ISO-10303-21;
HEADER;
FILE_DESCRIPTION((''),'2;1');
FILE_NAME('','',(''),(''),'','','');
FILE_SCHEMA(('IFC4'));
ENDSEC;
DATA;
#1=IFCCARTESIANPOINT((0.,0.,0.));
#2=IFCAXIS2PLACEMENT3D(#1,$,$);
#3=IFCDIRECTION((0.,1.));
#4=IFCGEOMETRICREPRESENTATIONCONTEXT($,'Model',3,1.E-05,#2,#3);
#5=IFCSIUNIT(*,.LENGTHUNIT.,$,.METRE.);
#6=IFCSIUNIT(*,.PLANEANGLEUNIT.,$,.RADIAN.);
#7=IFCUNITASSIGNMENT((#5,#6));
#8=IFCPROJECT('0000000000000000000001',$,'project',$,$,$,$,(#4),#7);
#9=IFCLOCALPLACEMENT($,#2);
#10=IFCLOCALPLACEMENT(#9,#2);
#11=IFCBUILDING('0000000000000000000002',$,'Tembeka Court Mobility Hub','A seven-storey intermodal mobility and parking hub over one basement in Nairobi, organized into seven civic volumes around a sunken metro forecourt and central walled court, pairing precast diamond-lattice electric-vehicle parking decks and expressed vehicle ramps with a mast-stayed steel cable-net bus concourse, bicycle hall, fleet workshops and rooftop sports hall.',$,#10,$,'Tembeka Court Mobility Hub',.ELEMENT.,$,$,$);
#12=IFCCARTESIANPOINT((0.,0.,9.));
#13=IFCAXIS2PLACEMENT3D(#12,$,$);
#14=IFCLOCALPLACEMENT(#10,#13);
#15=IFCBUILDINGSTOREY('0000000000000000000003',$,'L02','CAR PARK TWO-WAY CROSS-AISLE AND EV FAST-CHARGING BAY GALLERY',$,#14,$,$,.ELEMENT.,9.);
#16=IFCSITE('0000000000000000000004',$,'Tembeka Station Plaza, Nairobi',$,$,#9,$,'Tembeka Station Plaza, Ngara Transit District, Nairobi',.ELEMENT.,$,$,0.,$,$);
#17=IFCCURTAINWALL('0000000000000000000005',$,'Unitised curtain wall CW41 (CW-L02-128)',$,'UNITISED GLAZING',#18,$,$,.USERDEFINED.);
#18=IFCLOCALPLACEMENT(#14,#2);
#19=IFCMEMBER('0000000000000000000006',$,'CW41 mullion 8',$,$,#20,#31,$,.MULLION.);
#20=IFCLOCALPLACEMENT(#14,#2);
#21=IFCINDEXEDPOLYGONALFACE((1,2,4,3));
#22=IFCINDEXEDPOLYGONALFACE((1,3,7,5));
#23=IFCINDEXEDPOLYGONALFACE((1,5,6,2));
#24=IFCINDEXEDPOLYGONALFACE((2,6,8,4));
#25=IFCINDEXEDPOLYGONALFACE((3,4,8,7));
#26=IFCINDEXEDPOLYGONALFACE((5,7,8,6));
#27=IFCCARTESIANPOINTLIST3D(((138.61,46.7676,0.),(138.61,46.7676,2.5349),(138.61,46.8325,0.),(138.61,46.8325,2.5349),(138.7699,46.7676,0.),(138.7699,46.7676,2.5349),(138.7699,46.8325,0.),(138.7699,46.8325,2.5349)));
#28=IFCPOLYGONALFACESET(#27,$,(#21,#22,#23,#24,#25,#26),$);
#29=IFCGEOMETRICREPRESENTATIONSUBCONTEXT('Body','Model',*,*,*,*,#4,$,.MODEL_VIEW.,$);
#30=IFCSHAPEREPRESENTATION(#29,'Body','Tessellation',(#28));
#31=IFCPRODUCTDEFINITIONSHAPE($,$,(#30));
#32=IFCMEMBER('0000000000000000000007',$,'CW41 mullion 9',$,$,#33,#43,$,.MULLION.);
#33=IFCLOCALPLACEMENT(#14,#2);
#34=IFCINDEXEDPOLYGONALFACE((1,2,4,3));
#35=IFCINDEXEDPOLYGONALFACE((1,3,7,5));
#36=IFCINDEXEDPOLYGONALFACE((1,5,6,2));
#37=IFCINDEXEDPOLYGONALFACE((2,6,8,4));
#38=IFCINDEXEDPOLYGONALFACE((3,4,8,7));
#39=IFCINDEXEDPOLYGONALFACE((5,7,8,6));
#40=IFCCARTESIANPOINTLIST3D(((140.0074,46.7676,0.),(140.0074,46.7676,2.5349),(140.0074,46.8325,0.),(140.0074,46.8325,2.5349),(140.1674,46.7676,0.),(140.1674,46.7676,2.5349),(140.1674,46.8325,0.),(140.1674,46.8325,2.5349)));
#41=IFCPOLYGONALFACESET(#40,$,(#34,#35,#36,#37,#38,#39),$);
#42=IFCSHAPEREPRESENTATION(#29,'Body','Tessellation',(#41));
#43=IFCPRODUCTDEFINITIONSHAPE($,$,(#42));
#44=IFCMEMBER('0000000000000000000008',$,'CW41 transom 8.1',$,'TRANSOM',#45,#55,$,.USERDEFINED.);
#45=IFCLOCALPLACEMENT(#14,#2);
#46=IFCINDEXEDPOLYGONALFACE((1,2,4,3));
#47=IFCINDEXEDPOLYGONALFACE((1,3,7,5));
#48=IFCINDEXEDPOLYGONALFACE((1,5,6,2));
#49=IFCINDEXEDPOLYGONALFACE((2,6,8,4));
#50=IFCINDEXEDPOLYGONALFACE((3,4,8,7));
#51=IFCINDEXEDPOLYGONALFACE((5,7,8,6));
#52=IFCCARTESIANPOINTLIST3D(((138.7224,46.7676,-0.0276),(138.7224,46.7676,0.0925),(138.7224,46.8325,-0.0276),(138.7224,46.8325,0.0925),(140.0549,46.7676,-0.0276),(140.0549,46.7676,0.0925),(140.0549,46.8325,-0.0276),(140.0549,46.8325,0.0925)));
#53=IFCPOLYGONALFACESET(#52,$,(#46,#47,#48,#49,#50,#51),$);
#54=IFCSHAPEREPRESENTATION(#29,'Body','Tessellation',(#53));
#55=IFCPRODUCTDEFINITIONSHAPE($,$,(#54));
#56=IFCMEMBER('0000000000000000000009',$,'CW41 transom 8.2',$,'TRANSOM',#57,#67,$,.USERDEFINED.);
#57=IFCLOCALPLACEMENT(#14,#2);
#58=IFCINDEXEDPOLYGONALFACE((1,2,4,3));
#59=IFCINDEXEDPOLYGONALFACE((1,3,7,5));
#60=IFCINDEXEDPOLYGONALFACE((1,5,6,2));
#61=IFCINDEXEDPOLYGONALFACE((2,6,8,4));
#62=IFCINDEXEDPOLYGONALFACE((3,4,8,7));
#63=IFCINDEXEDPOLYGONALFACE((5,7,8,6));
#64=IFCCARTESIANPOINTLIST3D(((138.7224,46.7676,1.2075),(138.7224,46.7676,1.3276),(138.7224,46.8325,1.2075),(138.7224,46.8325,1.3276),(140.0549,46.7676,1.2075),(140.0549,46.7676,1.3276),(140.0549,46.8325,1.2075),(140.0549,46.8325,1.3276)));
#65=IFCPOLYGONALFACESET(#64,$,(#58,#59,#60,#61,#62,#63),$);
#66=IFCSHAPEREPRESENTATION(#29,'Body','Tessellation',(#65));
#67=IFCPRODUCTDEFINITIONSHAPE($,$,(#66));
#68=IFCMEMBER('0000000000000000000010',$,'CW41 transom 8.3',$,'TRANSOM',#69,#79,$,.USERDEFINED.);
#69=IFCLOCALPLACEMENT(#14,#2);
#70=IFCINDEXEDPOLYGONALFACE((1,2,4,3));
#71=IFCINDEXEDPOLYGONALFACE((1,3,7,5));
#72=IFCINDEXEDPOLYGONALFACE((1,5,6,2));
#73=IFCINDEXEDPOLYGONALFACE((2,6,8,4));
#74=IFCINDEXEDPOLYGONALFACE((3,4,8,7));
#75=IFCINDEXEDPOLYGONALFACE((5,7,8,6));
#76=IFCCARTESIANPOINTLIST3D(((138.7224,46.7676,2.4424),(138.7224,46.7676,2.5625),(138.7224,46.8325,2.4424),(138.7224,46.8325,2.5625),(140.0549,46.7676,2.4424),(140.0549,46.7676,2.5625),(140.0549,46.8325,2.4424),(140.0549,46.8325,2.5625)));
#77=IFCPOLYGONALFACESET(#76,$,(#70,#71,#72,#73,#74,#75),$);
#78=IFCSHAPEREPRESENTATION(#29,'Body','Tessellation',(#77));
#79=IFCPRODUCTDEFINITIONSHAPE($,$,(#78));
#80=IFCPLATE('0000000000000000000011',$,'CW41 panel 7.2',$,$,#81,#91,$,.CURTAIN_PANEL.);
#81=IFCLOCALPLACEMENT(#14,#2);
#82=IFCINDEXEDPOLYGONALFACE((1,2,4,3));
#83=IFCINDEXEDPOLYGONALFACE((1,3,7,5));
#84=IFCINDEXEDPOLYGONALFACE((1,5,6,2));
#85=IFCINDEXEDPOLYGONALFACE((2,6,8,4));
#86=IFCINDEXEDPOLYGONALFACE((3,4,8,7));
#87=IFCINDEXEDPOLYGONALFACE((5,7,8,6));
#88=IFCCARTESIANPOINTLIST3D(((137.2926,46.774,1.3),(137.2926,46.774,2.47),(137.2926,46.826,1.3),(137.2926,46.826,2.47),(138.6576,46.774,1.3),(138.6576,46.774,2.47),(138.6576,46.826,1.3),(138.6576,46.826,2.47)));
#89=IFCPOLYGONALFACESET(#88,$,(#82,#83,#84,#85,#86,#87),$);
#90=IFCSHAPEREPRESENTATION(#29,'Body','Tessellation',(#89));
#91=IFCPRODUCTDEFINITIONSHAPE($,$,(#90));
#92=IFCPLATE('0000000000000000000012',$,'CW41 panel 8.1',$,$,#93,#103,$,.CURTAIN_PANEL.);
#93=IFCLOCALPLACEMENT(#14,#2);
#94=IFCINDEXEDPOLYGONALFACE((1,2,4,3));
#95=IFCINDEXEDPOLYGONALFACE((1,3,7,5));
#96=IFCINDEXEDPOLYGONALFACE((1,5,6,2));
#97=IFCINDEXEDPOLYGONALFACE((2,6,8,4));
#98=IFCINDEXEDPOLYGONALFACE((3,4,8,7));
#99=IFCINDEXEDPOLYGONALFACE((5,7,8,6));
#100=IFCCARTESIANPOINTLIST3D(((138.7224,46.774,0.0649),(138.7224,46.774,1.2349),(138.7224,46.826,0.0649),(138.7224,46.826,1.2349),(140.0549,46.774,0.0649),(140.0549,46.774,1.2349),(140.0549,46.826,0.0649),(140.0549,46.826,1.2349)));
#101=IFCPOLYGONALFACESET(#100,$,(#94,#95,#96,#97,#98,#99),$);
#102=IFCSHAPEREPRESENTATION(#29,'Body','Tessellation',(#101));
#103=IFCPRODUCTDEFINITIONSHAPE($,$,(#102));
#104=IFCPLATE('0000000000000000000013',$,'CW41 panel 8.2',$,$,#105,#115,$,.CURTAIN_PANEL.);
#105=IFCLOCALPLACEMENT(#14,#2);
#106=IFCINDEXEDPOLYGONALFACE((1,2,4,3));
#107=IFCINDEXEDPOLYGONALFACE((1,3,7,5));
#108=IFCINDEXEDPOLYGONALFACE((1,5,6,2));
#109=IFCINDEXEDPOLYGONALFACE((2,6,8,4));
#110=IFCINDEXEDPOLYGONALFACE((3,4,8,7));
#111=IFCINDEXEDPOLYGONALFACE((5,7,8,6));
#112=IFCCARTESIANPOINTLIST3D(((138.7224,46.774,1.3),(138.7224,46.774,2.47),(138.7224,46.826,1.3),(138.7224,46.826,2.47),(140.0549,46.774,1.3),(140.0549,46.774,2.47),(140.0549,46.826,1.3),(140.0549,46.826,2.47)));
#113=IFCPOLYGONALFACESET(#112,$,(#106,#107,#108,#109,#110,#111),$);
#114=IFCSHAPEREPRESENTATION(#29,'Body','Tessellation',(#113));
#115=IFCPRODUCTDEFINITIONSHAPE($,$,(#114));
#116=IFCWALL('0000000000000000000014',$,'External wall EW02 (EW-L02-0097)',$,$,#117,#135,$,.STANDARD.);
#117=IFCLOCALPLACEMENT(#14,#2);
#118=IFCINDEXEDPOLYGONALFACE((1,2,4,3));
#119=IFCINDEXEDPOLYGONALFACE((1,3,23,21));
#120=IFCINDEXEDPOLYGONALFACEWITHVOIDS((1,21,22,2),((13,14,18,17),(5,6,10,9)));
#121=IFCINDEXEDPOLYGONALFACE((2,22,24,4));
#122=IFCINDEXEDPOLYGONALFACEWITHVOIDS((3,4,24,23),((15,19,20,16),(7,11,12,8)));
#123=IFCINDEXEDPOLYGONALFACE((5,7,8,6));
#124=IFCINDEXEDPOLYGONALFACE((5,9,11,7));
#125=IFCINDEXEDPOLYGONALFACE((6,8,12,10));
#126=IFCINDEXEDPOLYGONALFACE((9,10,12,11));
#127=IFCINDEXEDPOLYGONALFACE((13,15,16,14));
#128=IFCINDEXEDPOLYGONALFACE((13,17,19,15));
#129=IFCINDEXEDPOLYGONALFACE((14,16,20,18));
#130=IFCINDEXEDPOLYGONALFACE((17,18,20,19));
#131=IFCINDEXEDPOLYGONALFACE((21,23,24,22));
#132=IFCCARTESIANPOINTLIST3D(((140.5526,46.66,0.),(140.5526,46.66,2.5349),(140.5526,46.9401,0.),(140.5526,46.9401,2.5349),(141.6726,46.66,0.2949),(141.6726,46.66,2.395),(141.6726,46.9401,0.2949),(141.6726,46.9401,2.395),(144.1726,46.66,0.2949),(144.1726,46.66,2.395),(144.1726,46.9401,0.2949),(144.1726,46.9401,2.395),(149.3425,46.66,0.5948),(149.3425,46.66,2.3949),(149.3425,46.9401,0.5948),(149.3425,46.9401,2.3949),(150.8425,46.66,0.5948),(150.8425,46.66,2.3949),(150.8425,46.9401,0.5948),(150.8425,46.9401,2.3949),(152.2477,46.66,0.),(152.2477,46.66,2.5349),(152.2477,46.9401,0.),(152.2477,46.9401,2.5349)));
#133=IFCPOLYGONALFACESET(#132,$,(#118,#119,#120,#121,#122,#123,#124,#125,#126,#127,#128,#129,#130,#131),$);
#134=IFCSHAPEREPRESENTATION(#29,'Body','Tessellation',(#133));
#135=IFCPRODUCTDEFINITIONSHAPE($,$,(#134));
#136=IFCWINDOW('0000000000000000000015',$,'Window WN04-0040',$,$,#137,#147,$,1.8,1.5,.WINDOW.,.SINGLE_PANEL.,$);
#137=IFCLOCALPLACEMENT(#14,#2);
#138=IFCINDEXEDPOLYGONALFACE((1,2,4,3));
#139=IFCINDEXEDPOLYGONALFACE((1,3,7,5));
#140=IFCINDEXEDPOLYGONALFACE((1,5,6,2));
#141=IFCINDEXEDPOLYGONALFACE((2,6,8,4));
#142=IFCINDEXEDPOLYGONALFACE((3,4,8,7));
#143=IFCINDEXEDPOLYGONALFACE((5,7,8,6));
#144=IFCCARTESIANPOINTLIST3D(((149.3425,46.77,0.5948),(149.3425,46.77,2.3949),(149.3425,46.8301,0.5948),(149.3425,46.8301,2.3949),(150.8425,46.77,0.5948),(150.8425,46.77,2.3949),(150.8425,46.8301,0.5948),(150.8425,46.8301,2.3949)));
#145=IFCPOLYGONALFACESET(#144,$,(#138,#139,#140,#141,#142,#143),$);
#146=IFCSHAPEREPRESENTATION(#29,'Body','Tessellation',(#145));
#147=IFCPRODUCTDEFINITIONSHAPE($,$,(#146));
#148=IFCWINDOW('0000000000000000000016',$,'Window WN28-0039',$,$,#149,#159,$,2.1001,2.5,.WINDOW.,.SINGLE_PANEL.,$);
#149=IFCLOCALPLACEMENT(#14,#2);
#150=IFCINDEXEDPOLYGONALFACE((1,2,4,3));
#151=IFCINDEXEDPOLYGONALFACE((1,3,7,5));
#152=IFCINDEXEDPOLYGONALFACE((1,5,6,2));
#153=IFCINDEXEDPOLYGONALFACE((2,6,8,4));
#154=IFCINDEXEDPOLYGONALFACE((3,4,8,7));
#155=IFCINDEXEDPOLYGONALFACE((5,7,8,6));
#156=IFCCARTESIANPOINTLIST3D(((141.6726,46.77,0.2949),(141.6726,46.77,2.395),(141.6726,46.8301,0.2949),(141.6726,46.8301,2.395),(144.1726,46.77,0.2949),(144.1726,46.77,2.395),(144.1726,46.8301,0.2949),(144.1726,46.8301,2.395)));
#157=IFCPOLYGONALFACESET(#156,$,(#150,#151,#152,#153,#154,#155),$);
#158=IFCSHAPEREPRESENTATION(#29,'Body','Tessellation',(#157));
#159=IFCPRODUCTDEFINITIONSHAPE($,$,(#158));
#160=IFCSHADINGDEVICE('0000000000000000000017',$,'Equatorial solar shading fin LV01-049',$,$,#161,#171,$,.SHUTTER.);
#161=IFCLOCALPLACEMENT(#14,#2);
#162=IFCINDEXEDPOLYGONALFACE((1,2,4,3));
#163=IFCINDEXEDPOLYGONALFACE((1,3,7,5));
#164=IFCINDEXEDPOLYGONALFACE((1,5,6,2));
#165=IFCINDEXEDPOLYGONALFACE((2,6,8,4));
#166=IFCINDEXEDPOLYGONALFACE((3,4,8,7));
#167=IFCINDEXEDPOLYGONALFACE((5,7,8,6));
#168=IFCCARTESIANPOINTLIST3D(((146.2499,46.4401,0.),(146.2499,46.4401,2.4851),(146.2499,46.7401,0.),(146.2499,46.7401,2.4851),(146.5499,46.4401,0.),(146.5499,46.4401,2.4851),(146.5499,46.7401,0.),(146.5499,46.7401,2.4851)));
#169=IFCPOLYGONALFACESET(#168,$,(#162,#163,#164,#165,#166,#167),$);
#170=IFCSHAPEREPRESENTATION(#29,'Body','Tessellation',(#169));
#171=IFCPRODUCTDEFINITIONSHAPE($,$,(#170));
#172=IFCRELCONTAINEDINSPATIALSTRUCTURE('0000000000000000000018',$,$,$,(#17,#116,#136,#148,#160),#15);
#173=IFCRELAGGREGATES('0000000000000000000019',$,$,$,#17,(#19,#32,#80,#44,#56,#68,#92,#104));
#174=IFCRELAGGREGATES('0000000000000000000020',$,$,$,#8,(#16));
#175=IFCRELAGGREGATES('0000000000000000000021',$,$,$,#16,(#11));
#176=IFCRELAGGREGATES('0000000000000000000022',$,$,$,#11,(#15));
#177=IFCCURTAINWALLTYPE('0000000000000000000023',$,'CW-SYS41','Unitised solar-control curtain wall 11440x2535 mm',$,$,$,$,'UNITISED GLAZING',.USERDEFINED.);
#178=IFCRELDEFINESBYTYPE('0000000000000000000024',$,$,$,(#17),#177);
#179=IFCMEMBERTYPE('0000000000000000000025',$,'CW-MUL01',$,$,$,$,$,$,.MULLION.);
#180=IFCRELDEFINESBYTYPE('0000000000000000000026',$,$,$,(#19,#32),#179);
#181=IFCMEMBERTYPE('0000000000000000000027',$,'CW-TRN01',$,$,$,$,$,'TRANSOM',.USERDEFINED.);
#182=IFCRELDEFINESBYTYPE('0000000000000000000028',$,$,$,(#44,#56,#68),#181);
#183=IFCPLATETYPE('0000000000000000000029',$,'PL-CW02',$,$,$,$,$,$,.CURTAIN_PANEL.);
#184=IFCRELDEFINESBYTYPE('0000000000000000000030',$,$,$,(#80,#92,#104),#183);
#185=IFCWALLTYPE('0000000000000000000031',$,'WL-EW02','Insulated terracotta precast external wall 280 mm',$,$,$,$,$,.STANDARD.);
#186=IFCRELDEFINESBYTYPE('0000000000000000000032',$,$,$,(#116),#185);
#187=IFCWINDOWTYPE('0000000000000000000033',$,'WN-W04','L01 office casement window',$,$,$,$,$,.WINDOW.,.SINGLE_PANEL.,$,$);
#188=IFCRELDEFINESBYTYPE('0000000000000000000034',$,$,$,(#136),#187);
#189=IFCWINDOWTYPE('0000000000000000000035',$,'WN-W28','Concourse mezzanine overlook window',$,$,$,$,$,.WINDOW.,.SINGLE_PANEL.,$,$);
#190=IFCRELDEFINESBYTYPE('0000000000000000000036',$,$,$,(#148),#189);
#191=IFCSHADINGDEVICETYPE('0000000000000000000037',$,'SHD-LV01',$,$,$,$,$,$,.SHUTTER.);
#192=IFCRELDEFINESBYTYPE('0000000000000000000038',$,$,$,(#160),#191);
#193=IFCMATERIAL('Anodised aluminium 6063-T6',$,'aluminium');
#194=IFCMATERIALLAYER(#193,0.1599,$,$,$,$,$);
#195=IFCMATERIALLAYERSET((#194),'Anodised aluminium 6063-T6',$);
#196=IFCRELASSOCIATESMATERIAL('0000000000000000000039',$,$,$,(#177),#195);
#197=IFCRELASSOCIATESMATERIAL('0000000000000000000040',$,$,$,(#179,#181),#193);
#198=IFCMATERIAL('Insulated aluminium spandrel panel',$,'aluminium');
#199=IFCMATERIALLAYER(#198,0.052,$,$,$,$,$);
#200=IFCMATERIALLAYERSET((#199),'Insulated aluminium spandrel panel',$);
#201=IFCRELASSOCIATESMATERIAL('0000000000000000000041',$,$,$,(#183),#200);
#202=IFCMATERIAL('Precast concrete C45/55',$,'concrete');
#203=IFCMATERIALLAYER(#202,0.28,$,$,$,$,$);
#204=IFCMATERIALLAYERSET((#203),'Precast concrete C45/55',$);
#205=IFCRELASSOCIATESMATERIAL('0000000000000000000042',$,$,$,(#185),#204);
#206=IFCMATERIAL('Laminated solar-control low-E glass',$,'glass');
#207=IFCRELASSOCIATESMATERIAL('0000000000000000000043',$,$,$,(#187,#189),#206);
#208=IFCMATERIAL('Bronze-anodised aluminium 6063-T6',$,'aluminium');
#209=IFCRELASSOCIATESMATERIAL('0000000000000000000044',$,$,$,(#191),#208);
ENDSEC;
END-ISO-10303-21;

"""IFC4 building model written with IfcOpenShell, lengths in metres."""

from ifc_helpers import new_model, si_unit, direction, frame, frame_2d, origin, origin_2d, place, context, subcontext, project, spatial, rectangle, extrude, material, layer, layer_set, material_profile, profile_set, type_object, element, fill, aggregate, save


model = new_model("IFC4")

# Units and contexts
model_context = context("Model", 3, precision=1e-05, world=origin(), true_north=direction((0.0, 1.0)))
body_context = subcontext(model_context, "Body", "Model", "MODEL_VIEW")
ifc_project = project(units=[si_unit("LENGTHUNIT", "METRE"), si_unit("PLANEANGLEUNIT", "RADIAN")], contexts=[model_context])

# Site, building, storey
site_placement = place(None, origin())
site = spatial("IfcSite", under=ifc_project, at=site_placement, Name="Tembeka Station Plaza, Nairobi", LongName="Tembeka Station Plaza, Ngara Transit District, Nairobi", CompositionType="ELEMENT", RefElevation=0.0)
building_placement = place(site_placement, origin())
building = spatial("IfcBuilding", under=site, at=building_placement, Name="Tembeka Court Mobility Hub", Description="A seven-storey intermodal mobility and parking hub over one basement in Nairobi, organized into seven civic volumes around a sunken metro forecourt and central walled court, pairing precast diamond-lattice electric-vehicle parking decks and expressed vehicle ramps with a mast-stayed steel cable-net bus concourse, bicycle hall, fleet workshops and rooftop sports hall.", LongName="Tembeka Court Mobility Hub", CompositionType="ELEMENT")
storey_placement = place(building_placement, frame((0.0, 0.0, 9.0)))
storey = spatial("IfcBuildingStorey", under=building, at=storey_placement, Name="L02", Description="CAR PARK TWO-WAY CROSS-AISLE AND EV FAST-CHARGING BAY GALLERY", CompositionType="ELEMENT", Elevation=9.0)

# Curtain wall, members, plates
ifc_material_1 = material(Name="Anodised aluminium 6063-T6", Category="aluminium")
ifc_layer_1 = layer(ifc_material_1, 0.1599)
ifc_layer_set_1 = layer_set([ifc_layer_1], Name="Anodised aluminium 6063-T6")
curtain_wall_type = type_object("IfcCurtainWallType", Name="CW-SYS41", Description="Unitised solar-control curtain wall 11440x2535 mm", ElementType="UNITISED GLAZING", PredefinedType="USERDEFINED", material=ifc_layer_set_1)
curtain_wall_placement = place(storey_placement, origin())
curtain_wall = element("IfcCurtainWall", 1, at=curtain_wall_placement, inside=storey, type_object=curtain_wall_type, Name="Unitised curtain wall CW41 (CW-L02-128)", ObjectType="UNITISED GLAZING", PredefinedType="USERDEFINED")
ifc_material_profile_1 = material_profile(ifc_material_1, rectangle(XDim=0.0649, YDim=0.1599, at=origin_2d()), Name="ALU-MUL 65x160")
ifc_profile_set_1 = profile_set([ifc_material_profile_1], Name="Anodised aluminium 6063-T6")
member_type_1 = type_object("IfcMemberType", Name="CW-MUL01", PredefinedType="MULLION", material=ifc_profile_set_1)
member_1_placement = place(storey_placement, frame((138.6899, 46.8, 0.0), z_axis=(0.0, 0.0, 1.0), x_axis=(0.0, 1.0, 0.0)))
member_1 = element("IfcMember", 2, at=member_1_placement, type_object=member_type_1, Name="CW41 mullion 8", PredefinedType="MULLION", context=body_context, shape_type="SweptSolid", body=[
    extrude(rectangle(XDim=0.0649, YDim=0.1599, at=origin_2d()), origin(), (0.0, 0.0, 1.0), 2.5349),
])
member_2_placement = place(storey_placement, frame((140.0874, 46.8, 0.0), z_axis=(0.0, 0.0, 1.0), x_axis=(0.0, 1.0, 0.0)))
member_2 = element("IfcMember", 3, at=member_2_placement, type_object=member_type_1, Name="CW41 mullion 9", PredefinedType="MULLION", context=body_context, shape_type="SweptSolid", body=[
    extrude(rectangle(XDim=0.0649, YDim=0.1599, at=origin_2d()), origin(), (0.0, 0.0, 1.0), 2.5349),
])
ifc_material_profile_2 = material_profile(ifc_material_1, rectangle(XDim=0.0649, YDim=0.1201, at=origin_2d()), Name="ALU-TRN 65x120")
ifc_profile_set_2 = profile_set([ifc_material_profile_2], Name="Anodised aluminium 6063-T6")
member_type_2 = type_object("IfcMemberType", Name="CW-TRN01", ElementType="TRANSOM", PredefinedType="USERDEFINED", material=ifc_profile_set_2)
member_3_placement = place(storey_placement, frame((138.7224, 46.8, 0.0325), z_axis=(1.0, 0.0, 0.0), x_axis=(0.0, 1.0, 0.0)))
member_3 = element("IfcMember", 4, at=member_3_placement, type_object=member_type_2, Name="CW41 transom 8.1", ObjectType="TRANSOM", PredefinedType="USERDEFINED", context=body_context, shape_type="SweptSolid", body=[
    extrude(rectangle(XDim=0.0649, YDim=0.1201, at=origin_2d()), origin(), (0.0, 0.0, 1.0), 1.3325),
])
member_4_placement = place(storey_placement, frame((138.7224, 46.8, 1.2676), z_axis=(1.0, 0.0, 0.0), x_axis=(0.0, 1.0, 0.0)))
member_4 = element("IfcMember", 5, at=member_4_placement, type_object=member_type_2, Name="CW41 transom 8.2", ObjectType="TRANSOM", PredefinedType="USERDEFINED", context=body_context, shape_type="SweptSolid", body=[
    extrude(rectangle(XDim=0.0649, YDim=0.1201, at=origin_2d()), origin(), (0.0, 0.0, 1.0), 1.3325),
])
member_5_placement = place(storey_placement, frame((138.7224, 46.8, 2.5024), z_axis=(1.0, 0.0, 0.0), x_axis=(0.0, 1.0, 0.0)))
member_5 = element("IfcMember", 6, at=member_5_placement, type_object=member_type_2, Name="CW41 transom 8.3", ObjectType="TRANSOM", PredefinedType="USERDEFINED", context=body_context, shape_type="SweptSolid", body=[
    extrude(rectangle(XDim=0.0649, YDim=0.1201, at=origin_2d()), origin(), (0.0, 0.0, 1.0), 1.3325),
])
ifc_material_2 = material(Name="Insulated aluminium spandrel panel", Category="aluminium")
ifc_layer_2 = layer(ifc_material_2, 0.052)
ifc_layer_set_2 = layer_set([ifc_layer_2], Name="Insulated aluminium spandrel panel")
plate_type = type_object("IfcPlateType", Name="PL-CW02", PredefinedType="CURTAIN_PANEL", material=ifc_layer_set_2)
plate_1_placement = place(storey_placement, frame((137.9751, 46.8, 1.3), z_axis=(0.0, 0.0, 1.0), x_axis=(1.0, 0.0, 0.0)))
plate_1 = element("IfcPlate", 7, at=plate_1_placement, type_object=plate_type, Name="CW41 panel 7.2", PredefinedType="CURTAIN_PANEL", context=body_context, shape_type="SweptSolid", body=[
    extrude(rectangle(XDim=1.365, YDim=0.052, at=origin_2d()), origin(), (0.0, 0.0, 1.0), 1.1699),
])
plate_2_placement = place(storey_placement, frame((139.3887, 46.8, 0.0649), z_axis=(0.0, 0.0, 1.0), x_axis=(1.0, 0.0, 0.0)))
plate_2 = element("IfcPlate", 8, at=plate_2_placement, type_object=plate_type, Name="CW41 panel 8.1", PredefinedType="CURTAIN_PANEL", context=body_context, shape_type="SweptSolid", body=[
    extrude(rectangle(XDim=1.3325, YDim=0.052, at=origin_2d()), origin(), (0.0, 0.0, 1.0), 1.1699),
])
plate_3_placement = place(storey_placement, frame((139.3887, 46.8, 1.3), z_axis=(0.0, 0.0, 1.0), x_axis=(1.0, 0.0, 0.0)))
plate_3 = element("IfcPlate", 9, at=plate_3_placement, type_object=plate_type, Name="CW41 panel 8.2", PredefinedType="CURTAIN_PANEL", context=body_context, shape_type="SweptSolid", body=[
    extrude(rectangle(XDim=1.3325, YDim=0.052, at=origin_2d()), origin(), (0.0, 0.0, 1.0), 1.1699),
])
aggregate(curtain_wall, [member_1, member_2, plate_1, member_3, member_4, member_5, plate_2, plate_3])

# Wall, openings, windows
ifc_material_3 = material(Name="Precast concrete C45/55", Category="concrete")
ifc_layer_3 = layer(ifc_material_3, 0.28)
ifc_layer_set_3 = layer_set([ifc_layer_3], Name="Precast concrete C45/55")
wall_type = type_object("IfcWallType", Name="WL-EW02", Description="Insulated terracotta precast external wall 280 mm", PredefinedType="STANDARD", material=ifc_layer_set_3)
wall_placement = place(storey_placement, frame((140.5525, 46.8, 0.0), z_axis=(0.0, 0.0, 1.0), x_axis=(1.0, 0.0, 0.0)))
wall = element("IfcWall", 10, at=wall_placement, inside=storey, type_object=wall_type, Name="External wall EW02 (EW-L02-0097)", PredefinedType="STANDARD", context=body_context, shape_type="SweptSolid", body=[
    extrude(rectangle(XDim=11.6951, YDim=0.28, at=frame_2d((5.8477, 0.0))), origin(), (0.0, 0.0, 1.0), 2.5349),
])
opening_1_placement = place(wall_placement, frame((1.1201, 0.0, 0.2949)))
opening_1 = element("IfcOpeningElement", 11, at=opening_1_placement, cuts=wall, PredefinedType="OPENING", context=body_context, shape_type="SweptSolid", body=[
    extrude(rectangle(XDim=2.5, YDim=2.1001, at=frame_2d((1.25, 1.05))), frame((0.0, 0.1499, 0.0), z_axis=(0.0, -1.0, 0.0), x_axis=(1.0, 0.0, 0.0)), (0.0, 0.0, 1.0), 0.3),
])
opening_2_placement = place(wall_placement, frame((8.79, 0.0, 0.595)))
opening_2 = element("IfcOpeningElement", 12, at=opening_2_placement, cuts=wall, PredefinedType="OPENING", context=body_context, shape_type="SweptSolid", body=[
    extrude(rectangle(XDim=1.5, YDim=1.8, at=frame_2d((0.75, 0.8999))), frame((0.0, 0.1499, 0.0), z_axis=(0.0, -1.0, 0.0), x_axis=(1.0, 0.0, 0.0)), (0.0, 0.0, 1.0), 0.3),
])
ifc_material_4 = material(Name="Laminated solar-control low-E glass", Category="glass")
window_type_1 = type_object("IfcWindowType", Name="WN-W04", Description="L01 office casement window", PartitioningType="SINGLE_PANEL", PredefinedType="WINDOW", material=ifc_material_4)
window_1_placement = place(opening_2_placement, origin())
window_1 = element("IfcWindow", 13, at=window_1_placement, inside=storey, type_object=window_type_1, Name="Window WN04-0040", OverallHeight=1.8, OverallWidth=1.5, PartitioningType="SINGLE_PANEL", PredefinedType="WINDOW", context=body_context, shape_type="SweptSolid", body=[
    extrude(rectangle(XDim=1.5, YDim=1.8, at=frame_2d((0.75, 0.8999))), frame((0.0, 0.03, 0.0), z_axis=(0.0, -1.0, 0.0), x_axis=(1.0, 0.0, 0.0)), (0.0, 0.0, 1.0), 0.0601),
])
fill(opening_2, window_1)
window_type_2 = type_object("IfcWindowType", Name="WN-W28", Description="Concourse mezzanine overlook window", PartitioningType="SINGLE_PANEL", PredefinedType="WINDOW", material=ifc_material_4)
window_2_placement = place(opening_1_placement, origin())
window_2 = element("IfcWindow", 14, at=window_2_placement, inside=storey, type_object=window_type_2, Name="Window WN28-0039", OverallHeight=2.1001, OverallWidth=2.5, PartitioningType="SINGLE_PANEL", PredefinedType="WINDOW", context=body_context, shape_type="SweptSolid", body=[
    extrude(rectangle(XDim=2.5, YDim=2.1001, at=frame_2d((1.25, 1.05))), frame((0.0, 0.03, 0.0), z_axis=(0.0, -1.0, 0.0), x_axis=(1.0, 0.0, 0.0)), (0.0, 0.0, 1.0), 0.0601),
])
fill(opening_1, window_2)

# Shading device
ifc_material_5 = material(Name="Bronze-anodised aluminium 6063-T6", Category="aluminium")
ifc_material_profile_3 = material_profile(ifc_material_5, rectangle(XDim=0.3, YDim=0.3, at=origin_2d()), Name="ALU-LVR 300x300")
ifc_profile_set_3 = profile_set([ifc_material_profile_3], Name="Bronze-anodised aluminium 6063-T6")
shading_device_type = type_object("IfcShadingDeviceType", Name="SHD-LV01", PredefinedType="SHUTTER", material=ifc_profile_set_3)
shading_device_placement = place(storey_placement, frame((146.3999, 46.5901, 0.0), z_axis=(0.0, 0.0, 1.0), x_axis=(1.0, 0.0, 0.0)))
element("IfcShadingDevice", 15, at=shading_device_placement, inside=storey, type_object=shading_device_type, Name="Equatorial solar shading fin LV01-049", PredefinedType="SHUTTER", context=body_context, shape_type="SweptSolid", body=[
    extrude(rectangle(XDim=0.3, YDim=0.3, at=origin_2d()), origin(), (0.0, 0.0, 1.0), 2.4851),
])

save(model, "model.ifc")
